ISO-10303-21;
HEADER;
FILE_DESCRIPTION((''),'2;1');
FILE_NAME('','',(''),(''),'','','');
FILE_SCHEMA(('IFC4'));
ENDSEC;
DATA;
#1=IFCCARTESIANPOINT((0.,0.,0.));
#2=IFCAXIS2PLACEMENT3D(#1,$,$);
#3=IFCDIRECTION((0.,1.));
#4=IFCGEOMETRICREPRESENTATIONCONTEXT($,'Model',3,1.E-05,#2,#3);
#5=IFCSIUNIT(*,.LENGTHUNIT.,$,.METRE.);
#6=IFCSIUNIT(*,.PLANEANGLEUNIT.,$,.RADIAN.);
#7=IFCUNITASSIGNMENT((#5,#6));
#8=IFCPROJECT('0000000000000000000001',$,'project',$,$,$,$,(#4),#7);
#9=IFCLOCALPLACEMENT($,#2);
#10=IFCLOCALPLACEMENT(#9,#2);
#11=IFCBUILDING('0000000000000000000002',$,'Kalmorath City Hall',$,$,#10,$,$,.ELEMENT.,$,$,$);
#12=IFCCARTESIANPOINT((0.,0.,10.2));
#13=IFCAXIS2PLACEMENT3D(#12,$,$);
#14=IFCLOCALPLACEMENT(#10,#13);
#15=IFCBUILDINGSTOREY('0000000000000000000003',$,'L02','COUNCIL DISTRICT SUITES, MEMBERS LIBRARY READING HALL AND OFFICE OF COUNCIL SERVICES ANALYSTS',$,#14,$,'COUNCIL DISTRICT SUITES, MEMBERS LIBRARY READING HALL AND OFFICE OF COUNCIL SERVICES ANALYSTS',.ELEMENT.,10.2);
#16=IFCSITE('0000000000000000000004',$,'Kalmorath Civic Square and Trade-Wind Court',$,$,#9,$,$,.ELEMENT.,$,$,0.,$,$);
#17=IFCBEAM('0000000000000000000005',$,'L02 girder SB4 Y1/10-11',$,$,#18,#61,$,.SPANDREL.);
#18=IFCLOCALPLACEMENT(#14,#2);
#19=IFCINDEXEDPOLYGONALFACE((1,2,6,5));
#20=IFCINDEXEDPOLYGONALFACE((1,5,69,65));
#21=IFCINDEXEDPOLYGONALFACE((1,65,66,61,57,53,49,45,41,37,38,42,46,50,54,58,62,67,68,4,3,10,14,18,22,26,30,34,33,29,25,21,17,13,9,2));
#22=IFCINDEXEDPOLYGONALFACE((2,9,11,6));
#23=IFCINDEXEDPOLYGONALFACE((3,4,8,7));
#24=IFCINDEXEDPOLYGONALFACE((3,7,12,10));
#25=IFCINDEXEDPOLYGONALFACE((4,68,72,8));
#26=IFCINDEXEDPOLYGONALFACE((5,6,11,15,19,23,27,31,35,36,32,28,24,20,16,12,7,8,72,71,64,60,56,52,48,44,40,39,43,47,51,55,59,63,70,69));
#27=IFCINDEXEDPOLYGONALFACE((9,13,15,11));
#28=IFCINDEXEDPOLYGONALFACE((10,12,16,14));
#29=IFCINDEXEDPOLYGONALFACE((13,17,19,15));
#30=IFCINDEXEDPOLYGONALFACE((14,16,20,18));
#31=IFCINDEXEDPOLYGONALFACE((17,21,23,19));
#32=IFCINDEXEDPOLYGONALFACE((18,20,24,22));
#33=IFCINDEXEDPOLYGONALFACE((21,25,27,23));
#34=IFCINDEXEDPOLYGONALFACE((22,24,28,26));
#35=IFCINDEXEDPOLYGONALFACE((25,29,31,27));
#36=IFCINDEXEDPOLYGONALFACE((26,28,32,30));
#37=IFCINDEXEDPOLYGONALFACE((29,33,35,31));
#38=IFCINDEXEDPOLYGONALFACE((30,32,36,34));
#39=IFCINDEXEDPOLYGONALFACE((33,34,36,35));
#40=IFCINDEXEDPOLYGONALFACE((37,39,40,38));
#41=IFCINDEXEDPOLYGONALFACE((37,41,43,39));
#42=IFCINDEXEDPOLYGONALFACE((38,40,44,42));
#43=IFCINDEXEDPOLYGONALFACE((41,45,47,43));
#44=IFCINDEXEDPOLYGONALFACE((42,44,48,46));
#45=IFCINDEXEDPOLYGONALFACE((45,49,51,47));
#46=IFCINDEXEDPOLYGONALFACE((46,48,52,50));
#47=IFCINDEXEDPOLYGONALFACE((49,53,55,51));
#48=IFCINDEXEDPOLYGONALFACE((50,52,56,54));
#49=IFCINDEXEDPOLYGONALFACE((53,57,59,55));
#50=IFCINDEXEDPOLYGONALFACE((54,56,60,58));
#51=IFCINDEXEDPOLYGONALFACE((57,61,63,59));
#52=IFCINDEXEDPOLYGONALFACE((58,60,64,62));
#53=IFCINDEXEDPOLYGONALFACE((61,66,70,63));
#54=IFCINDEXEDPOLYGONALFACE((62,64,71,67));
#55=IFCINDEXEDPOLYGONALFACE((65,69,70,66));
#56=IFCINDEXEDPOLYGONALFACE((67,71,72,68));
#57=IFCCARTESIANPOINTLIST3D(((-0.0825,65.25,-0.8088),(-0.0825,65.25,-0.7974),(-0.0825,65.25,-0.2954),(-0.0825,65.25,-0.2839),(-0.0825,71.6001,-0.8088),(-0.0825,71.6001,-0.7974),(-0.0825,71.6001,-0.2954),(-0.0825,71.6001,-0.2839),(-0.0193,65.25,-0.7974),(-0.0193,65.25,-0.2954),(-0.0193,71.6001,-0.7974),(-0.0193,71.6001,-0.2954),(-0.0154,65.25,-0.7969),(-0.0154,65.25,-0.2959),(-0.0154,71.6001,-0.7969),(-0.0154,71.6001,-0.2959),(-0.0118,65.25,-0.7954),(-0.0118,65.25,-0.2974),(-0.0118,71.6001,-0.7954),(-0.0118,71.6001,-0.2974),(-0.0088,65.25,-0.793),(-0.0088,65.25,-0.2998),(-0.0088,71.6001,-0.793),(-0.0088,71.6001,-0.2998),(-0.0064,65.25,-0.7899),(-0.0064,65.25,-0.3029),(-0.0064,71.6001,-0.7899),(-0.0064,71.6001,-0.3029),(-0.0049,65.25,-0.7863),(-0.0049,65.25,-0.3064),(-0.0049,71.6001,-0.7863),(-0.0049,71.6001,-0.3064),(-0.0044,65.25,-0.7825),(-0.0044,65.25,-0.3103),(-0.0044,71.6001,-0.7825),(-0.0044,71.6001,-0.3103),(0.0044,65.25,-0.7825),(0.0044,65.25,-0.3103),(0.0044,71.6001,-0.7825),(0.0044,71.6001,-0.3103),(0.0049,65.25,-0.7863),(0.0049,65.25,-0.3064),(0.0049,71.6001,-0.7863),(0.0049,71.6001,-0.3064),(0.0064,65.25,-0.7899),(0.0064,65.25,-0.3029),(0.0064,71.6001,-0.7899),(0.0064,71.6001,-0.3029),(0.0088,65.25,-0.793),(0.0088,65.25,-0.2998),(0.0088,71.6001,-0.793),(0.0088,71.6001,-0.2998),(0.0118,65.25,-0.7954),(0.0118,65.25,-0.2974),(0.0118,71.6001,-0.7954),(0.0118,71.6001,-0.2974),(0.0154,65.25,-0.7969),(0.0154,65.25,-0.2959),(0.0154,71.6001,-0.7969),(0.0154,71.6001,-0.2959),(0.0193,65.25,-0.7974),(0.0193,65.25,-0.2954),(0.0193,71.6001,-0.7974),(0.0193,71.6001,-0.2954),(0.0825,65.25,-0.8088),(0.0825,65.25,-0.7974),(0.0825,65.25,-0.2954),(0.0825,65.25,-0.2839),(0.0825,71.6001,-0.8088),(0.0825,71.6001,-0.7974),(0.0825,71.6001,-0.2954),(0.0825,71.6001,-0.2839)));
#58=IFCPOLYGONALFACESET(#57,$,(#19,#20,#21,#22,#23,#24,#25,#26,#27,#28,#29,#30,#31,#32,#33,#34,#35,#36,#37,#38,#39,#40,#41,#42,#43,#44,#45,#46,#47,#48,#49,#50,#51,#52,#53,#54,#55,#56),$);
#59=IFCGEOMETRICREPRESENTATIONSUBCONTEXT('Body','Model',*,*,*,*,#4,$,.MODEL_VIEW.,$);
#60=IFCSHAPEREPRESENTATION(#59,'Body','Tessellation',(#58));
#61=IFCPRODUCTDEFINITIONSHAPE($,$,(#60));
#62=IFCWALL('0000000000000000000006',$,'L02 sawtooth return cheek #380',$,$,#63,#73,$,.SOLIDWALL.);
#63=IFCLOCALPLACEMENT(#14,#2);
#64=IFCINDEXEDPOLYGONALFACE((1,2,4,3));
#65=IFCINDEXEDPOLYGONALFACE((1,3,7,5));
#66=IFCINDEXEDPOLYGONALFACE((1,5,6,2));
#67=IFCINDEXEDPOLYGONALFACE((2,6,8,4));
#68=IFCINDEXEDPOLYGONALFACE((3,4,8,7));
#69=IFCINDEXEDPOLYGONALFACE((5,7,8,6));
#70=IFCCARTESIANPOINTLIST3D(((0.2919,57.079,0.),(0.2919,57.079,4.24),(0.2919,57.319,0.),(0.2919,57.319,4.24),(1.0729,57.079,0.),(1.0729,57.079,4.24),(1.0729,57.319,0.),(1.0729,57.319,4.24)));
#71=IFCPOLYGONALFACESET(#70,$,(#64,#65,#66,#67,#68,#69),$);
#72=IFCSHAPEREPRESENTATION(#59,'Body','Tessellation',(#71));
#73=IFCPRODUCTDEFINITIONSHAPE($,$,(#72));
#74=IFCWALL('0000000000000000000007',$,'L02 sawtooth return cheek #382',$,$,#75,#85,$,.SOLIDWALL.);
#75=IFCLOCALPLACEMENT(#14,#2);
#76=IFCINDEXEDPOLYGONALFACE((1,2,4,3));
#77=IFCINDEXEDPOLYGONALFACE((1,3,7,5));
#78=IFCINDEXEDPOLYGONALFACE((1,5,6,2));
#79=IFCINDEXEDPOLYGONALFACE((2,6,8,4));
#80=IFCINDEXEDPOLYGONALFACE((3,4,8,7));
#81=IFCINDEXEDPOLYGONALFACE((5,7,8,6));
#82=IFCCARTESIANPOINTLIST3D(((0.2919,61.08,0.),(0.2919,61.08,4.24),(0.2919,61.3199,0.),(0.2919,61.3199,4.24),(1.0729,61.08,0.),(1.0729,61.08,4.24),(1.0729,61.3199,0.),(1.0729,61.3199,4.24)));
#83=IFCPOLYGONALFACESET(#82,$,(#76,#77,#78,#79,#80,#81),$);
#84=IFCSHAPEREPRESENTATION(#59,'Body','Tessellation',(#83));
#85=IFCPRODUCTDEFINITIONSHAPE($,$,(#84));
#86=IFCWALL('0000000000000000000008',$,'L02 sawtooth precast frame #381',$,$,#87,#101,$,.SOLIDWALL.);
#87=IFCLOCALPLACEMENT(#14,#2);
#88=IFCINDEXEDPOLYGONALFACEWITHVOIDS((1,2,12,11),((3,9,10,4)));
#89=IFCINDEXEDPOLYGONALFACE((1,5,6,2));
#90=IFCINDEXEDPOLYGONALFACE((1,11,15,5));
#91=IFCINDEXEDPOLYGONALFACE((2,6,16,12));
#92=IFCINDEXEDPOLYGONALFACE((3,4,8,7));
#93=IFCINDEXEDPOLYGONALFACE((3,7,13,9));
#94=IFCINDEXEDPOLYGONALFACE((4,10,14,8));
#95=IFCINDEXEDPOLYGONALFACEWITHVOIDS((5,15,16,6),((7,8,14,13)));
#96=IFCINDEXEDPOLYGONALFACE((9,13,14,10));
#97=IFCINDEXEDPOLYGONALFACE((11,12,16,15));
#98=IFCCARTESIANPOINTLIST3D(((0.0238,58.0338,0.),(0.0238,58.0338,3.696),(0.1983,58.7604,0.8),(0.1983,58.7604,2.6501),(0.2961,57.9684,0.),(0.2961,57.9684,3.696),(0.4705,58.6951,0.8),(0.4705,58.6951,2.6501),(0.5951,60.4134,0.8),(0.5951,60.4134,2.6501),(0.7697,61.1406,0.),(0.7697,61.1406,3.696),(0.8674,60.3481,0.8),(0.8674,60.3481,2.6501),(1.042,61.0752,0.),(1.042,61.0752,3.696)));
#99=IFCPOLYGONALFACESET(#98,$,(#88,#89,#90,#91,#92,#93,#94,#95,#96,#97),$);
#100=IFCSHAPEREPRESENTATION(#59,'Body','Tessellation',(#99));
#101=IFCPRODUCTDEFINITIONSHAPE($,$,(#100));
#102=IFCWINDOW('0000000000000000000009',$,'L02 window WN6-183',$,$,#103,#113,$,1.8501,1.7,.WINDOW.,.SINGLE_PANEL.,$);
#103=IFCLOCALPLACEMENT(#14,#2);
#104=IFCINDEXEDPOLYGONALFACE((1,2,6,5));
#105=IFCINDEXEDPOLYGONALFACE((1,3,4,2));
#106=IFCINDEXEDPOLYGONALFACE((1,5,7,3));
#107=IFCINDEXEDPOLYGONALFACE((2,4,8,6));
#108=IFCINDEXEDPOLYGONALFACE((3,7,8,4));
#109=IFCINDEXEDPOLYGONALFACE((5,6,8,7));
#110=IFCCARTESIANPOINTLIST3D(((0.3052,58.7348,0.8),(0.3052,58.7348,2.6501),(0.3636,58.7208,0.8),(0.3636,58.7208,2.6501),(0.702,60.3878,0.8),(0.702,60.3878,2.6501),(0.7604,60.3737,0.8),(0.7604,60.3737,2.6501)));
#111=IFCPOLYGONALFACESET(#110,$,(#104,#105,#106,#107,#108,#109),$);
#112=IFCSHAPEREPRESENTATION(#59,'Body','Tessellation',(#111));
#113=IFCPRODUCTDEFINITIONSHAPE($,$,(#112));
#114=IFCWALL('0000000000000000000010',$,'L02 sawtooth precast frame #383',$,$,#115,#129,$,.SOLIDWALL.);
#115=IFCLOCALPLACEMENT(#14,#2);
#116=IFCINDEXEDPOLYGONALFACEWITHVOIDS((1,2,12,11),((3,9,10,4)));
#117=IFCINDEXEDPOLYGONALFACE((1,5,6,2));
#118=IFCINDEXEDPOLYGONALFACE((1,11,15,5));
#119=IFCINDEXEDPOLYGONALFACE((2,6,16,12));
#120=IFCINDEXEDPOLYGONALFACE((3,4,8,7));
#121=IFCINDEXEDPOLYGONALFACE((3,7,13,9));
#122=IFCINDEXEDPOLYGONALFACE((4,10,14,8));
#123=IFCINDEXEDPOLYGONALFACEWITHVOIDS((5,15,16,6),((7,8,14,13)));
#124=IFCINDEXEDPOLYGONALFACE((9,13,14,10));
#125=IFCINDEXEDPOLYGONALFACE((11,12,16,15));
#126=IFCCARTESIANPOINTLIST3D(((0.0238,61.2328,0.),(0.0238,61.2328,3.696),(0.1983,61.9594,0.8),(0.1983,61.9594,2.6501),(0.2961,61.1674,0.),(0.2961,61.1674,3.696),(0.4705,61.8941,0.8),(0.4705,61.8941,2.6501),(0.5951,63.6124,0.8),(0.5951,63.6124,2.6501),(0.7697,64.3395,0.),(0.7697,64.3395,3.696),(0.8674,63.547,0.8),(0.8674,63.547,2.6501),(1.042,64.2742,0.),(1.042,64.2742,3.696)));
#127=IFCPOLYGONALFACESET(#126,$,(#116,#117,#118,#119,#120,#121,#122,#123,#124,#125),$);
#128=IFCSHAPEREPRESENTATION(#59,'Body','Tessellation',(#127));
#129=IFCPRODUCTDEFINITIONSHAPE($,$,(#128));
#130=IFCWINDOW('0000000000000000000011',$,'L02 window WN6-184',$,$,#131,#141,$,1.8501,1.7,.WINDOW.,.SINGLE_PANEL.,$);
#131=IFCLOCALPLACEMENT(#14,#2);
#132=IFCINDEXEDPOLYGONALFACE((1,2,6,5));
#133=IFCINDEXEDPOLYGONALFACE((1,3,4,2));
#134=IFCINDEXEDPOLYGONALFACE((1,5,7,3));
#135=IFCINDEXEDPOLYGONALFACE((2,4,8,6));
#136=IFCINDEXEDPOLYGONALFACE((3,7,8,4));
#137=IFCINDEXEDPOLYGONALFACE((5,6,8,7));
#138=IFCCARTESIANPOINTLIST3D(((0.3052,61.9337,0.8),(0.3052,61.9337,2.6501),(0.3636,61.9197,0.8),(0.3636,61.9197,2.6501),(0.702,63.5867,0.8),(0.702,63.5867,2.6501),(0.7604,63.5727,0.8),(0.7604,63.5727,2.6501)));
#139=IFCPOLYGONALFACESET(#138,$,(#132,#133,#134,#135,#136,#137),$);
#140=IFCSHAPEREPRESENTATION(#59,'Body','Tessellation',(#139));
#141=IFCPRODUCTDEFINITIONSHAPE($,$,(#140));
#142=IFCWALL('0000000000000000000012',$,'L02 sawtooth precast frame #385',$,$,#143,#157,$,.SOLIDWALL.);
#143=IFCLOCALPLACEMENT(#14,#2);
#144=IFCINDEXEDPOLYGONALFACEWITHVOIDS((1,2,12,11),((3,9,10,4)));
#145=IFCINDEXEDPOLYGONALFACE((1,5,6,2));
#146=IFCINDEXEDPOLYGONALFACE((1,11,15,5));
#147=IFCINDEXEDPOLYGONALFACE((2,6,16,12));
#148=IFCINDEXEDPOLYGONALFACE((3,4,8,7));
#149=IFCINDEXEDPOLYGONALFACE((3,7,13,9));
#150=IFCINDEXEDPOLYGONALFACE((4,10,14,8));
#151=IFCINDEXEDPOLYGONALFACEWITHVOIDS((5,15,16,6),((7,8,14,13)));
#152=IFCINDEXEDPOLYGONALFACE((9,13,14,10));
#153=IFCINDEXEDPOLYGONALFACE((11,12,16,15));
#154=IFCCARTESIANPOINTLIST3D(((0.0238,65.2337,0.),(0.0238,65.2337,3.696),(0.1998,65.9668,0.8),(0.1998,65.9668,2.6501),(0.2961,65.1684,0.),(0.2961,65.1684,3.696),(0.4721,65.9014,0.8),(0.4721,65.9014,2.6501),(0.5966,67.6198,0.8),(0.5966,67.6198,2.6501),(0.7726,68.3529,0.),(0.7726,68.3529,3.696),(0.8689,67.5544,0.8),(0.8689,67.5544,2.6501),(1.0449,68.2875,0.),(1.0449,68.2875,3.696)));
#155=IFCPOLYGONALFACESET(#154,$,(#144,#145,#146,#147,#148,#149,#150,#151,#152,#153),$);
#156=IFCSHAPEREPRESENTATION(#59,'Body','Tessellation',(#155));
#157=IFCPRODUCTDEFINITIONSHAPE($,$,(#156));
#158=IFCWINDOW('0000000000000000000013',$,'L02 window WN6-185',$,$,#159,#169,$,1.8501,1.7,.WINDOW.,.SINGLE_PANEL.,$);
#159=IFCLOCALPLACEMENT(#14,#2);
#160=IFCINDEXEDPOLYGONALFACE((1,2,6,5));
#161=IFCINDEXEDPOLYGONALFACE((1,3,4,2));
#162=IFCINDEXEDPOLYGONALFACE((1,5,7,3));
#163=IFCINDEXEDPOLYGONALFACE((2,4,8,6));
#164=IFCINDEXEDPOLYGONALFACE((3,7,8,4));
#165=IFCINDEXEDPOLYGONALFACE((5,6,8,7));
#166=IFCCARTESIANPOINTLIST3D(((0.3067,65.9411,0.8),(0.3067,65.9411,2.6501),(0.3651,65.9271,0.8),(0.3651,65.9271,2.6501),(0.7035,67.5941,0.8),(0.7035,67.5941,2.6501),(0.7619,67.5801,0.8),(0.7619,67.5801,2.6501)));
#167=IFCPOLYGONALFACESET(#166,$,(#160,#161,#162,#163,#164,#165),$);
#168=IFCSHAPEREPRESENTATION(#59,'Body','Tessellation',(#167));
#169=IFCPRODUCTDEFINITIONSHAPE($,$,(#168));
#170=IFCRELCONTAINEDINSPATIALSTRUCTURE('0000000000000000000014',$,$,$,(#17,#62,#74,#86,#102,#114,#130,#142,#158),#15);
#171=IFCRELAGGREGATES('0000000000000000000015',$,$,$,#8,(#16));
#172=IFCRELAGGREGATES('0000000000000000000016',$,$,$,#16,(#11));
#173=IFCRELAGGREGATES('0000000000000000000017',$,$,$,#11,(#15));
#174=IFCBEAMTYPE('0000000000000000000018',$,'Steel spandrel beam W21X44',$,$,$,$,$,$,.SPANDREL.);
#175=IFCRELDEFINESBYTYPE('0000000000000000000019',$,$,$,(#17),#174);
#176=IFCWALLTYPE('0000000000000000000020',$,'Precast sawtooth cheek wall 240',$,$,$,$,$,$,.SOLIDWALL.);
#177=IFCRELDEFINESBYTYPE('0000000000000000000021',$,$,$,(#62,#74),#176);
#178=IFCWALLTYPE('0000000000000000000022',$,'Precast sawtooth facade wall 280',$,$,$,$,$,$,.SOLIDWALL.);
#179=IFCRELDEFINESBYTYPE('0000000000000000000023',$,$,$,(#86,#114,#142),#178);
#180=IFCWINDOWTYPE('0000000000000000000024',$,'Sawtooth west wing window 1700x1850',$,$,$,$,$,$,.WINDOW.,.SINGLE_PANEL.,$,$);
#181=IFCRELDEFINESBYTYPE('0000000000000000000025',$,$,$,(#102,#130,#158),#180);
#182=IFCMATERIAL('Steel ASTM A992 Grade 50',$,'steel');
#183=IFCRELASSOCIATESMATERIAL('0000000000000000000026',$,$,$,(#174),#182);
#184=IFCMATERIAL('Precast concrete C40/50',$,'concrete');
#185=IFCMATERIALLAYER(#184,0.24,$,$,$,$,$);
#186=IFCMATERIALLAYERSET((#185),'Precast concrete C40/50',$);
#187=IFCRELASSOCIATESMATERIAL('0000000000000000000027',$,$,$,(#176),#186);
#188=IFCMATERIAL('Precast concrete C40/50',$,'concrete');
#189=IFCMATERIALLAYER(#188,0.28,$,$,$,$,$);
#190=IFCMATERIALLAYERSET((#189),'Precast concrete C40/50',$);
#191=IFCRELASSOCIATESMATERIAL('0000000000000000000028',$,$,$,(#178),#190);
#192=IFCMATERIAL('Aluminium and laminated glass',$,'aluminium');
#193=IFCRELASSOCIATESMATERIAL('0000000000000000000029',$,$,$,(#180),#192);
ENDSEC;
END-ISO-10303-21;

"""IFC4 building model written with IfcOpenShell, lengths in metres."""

from ifc_helpers import new_model, si_unit, direction, frame, frame_2d, origin, origin_2d, place, context, subcontext, project, spatial, rectangle, i_section, extrude, material, layer, layer_set, material_profile, profile_set, type_object, element, fill, save


model = new_model("IFC4")

# Units and contexts
model_context = context("Model", 3, precision=1e-05, world=origin(), true_north=direction((0.0, 1.0)))
body_context = subcontext(model_context, "Body", "Model", "MODEL_VIEW")
ifc_project = project(units=[si_unit("LENGTHUNIT", "METRE"), si_unit("PLANEANGLEUNIT", "RADIAN")], contexts=[model_context])

# Site, building, storey
site_placement = place(None, origin())
site = spatial("IfcSite", under=ifc_project, at=site_placement, Name="Kalmorath Civic Square and Trade-Wind Court", CompositionType="ELEMENT", RefElevation=0.0)
building_placement = place(site_placement, origin())
building = spatial("IfcBuilding", under=site, at=building_placement, Name="Kalmorath City Hall", CompositionType="ELEMENT")
storey_placement = place(building_placement, frame((0.0, 0.0, 10.2)))
storey = spatial("IfcBuildingStorey", under=building, at=storey_placement, Name="L02", Description="COUNCIL DISTRICT SUITES, MEMBERS LIBRARY READING HALL AND OFFICE OF COUNCIL SERVICES ANALYSTS", LongName="COUNCIL DISTRICT SUITES, MEMBERS LIBRARY READING HALL AND OFFICE OF COUNCIL SERVICES ANALYSTS", CompositionType="ELEMENT", Elevation=10.2)

# Beam
ifc_material_1 = material(Name="Steel ASTM A992 Grade 50", Category="steel")
ifc_material_profile_1 = material_profile(ifc_material_1, i_section(OverallWidth=0.165, OverallDepth=0.5249, WebThickness=0.0088, FlangeThickness=0.0115, FilletRadius=0.0149, at=origin_2d()), Name="W21X44")
ifc_profile_set_1 = profile_set([ifc_material_profile_1], Name="Steel ASTM A992 Grade 50")
beam_type_1 = type_object("IfcBeamType", Name="Steel spandrel beam W21X44", PredefinedType="SPANDREL", material=ifc_profile_set_1)
beam_1_placement = place(storey_placement, frame((0.0, 65.25, -0.5464), z_axis=(0.0, 1.0, 0.0), x_axis=(-1.0, 0.0, 0.0)))
element("IfcBeam", 1, at=beam_1_placement, inside=storey, type_object=beam_type_1, Name="L02 girder SB4 Y1/10-11", PredefinedType="SPANDREL", context=body_context, shape_type="SweptSolid", body=[
    extrude(i_section(OverallWidth=0.165, OverallDepth=0.5249, WebThickness=0.0088, FlangeThickness=0.0115, FilletRadius=0.0149, at=origin_2d()), origin(), (0.0, 0.0, 1.0), 6.3501),
])

# Walls
ifc_material_2 = material(Name="Precast concrete C40/50", Category="concrete")
ifc_layer_1 = layer(ifc_material_2, 0.24)
ifc_layer_set_1 = layer_set([ifc_layer_1], Name="Precast concrete C40/50")
wall_type_1 = type_object("IfcWallType", Name="Precast sawtooth cheek wall 240", PredefinedType="SOLIDWALL", material=ifc_layer_set_1)
for number, where, z_axis, x_axis, name in (
    (2, (1.073, 57.199, 0.0), (0.0, 0.0, 1.0), (-1.0, 0.0, 0.0), "L02 sawtooth return cheek #380"),
    (3, (1.073, 61.2, 0.0), (0.0, 0.0, 1.0), (-1.0, 0.0, 0.0), "L02 sawtooth return cheek #382"),
):
    element("IfcWall", number, at=place(storey_placement, frame(where, z_axis=z_axis, x_axis=x_axis)), inside=storey, type_object=wall_type_1, Name=name, PredefinedType="SOLIDWALL", context=body_context, shape_type="SweptSolid", body=[
        extrude(rectangle(XDim=0.781, YDim=0.24, at=frame_2d((0.3906, 0.0))), origin(), (0.0, 0.0, 1.0), 4.24),
    ])

# Walls, openings, windows
ifc_material_3 = material(Name="Precast concrete C40/50", Category="concrete")
ifc_layer_2 = layer(ifc_material_3, 0.28)
ifc_layer_set_2 = layer_set([ifc_layer_2], Name="Precast concrete C40/50")
wall_type_2 = type_object("IfcWallType", Name="Precast sawtooth facade wall 280", PredefinedType="SOLIDWALL", material=ifc_layer_set_2)
wall_1_placement = place(storey_placement, frame((0.1599, 58.001, 0.0), z_axis=(0.0, 0.0, 1.0), x_axis=(0.233445, 0.97237, 0.0)))
wall_1 = element("IfcWall", 4, at=wall_1_placement, inside=storey, type_object=wall_type_2, Name="L02 sawtooth precast frame #381", PredefinedType="SOLIDWALL", context=body_context, shape_type="SweptSolid", body=[
    extrude(rectangle(XDim=3.1951, YDim=0.28, at=frame_2d((1.5977, 0.0))), origin(), (0.0, 0.0, 1.0), 3.696),
])
opening_1_placement = place(wall_1_placement, frame((0.7473, 0.0, 0.8)))
opening_1 = element("IfcOpeningElement", 5, at=opening_1_placement, cuts=wall_1, PredefinedType="OPENING", context=body_context, shape_type="SweptSolid", body=[
    extrude(rectangle(XDim=1.7, YDim=1.8501, at=frame_2d((0.8501, 0.925))), frame((0.0, 0.1499, 0.0), z_axis=(0.0, -1.0, 0.0), x_axis=(1.0, 0.0, 0.0)), (0.0, 0.0, 1.0), 0.3),
])
ifc_material_4 = material(Name="Aluminium and laminated glass", Category="aluminium")
window_type = type_object("IfcWindowType", Name="Sawtooth west wing window 1700x1850", PartitioningType="SINGLE_PANEL", PredefinedType="WINDOW", material=ifc_material_4)
window_1_placement = place(opening_1_placement, origin())
window_1 = element("IfcWindow", 6, at=window_1_placement, inside=storey, type_object=window_type, Name="L02 window WN6-183", OverallHeight=1.8501, OverallWidth=1.7, PartitioningType="SINGLE_PANEL", PredefinedType="WINDOW", context=body_context, shape_type="SweptSolid", body=[
    extrude(rectangle(XDim=1.7, YDim=1.8501, at=frame_2d((0.8501, 0.925))), frame((0.0, 0.03, 0.0), z_axis=(0.0, -1.0, 0.0), x_axis=(1.0, 0.0, 0.0)), (0.0, 0.0, 1.0), 0.0601),
])
fill(opening_1, window_1)
wall_2_placement = place(storey_placement, frame((0.1599, 61.2, 0.0), z_axis=(0.0, 0.0, 1.0), x_axis=(0.233445, 0.97237, 0.0)))
wall_2 = element("IfcWall", 7, at=wall_2_placement, inside=storey, type_object=wall_type_2, Name="L02 sawtooth precast frame #383", PredefinedType="SOLIDWALL", context=body_context, shape_type="SweptSolid", body=[
    extrude(rectangle(XDim=3.1951, YDim=0.28, at=frame_2d((1.5977, 0.0))), origin(), (0.0, 0.0, 1.0), 3.696),
])
opening_2_placement = place(wall_2_placement, frame((0.7473, 0.0, 0.8)))
opening_2 = element("IfcOpeningElement", 8, at=opening_2_placement, cuts=wall_2, PredefinedType="OPENING", context=body_context, shape_type="SweptSolid", body=[
    extrude(rectangle(XDim=1.7, YDim=1.8501, at=frame_2d((0.8501, 0.925))), frame((0.0, 0.1499, 0.0), z_axis=(0.0, -1.0, 0.0), x_axis=(1.0, 0.0, 0.0)), (0.0, 0.0, 1.0), 0.3),
])
window_2_placement = place(opening_2_placement, origin())
window_2 = element("IfcWindow", 9, at=window_2_placement, inside=storey, type_object=window_type, Name="L02 window WN6-184", OverallHeight=1.8501, OverallWidth=1.7, PartitioningType="SINGLE_PANEL", PredefinedType="WINDOW", context=body_context, shape_type="SweptSolid", body=[
    extrude(rectangle(XDim=1.7, YDim=1.8501, at=frame_2d((0.8501, 0.925))), frame((0.0, 0.03, 0.0), z_axis=(0.0, -1.0, 0.0), x_axis=(1.0, 0.0, 0.0)), (0.0, 0.0, 1.0), 0.0601),
])
fill(opening_2, window_2)
wall_3_placement = place(storey_placement, frame((0.1599, 65.2009, 0.0), z_axis=(0.0, 0.0, 1.0), x_axis=(0.233428, 0.972374, 0.0)))
wall_3 = element("IfcWall", 10, at=wall_3_placement, inside=storey, type_object=wall_type_2, Name="L02 sawtooth precast frame #385", PredefinedType="SOLIDWALL", context=body_context, shape_type="SweptSolid", body=[
    extrude(rectangle(XDim=3.2078, YDim=0.28, at=frame_2d((1.604, 0.0))), origin(), (0.0, 0.0, 1.0), 3.696),
])
opening_3_placement = place(wall_3_placement, frame((0.7539, 0.0, 0.8)))
opening_3 = element("IfcOpeningElement", 11, at=opening_3_placement, cuts=wall_3, PredefinedType="OPENING", context=body_context, shape_type="SweptSolid", body=[
    extrude(rectangle(XDim=1.7, YDim=1.8501, at=frame_2d((0.8501, 0.925))), frame((0.0, 0.1499, 0.0), z_axis=(0.0, -1.0, 0.0), x_axis=(1.0, 0.0, 0.0)), (0.0, 0.0, 1.0), 0.3),
])
window_3_placement = place(opening_3_placement, origin())
window_3 = element("IfcWindow", 12, at=window_3_placement, inside=storey, type_object=window_type, Name="L02 window WN6-185", OverallHeight=1.8501, OverallWidth=1.7, PartitioningType="SINGLE_PANEL", PredefinedType="WINDOW", context=body_context, shape_type="SweptSolid", body=[
    extrude(rectangle(XDim=1.7, YDim=1.8501, at=frame_2d((0.8501, 0.925))), frame((0.0, 0.03, 0.0), z_axis=(0.0, -1.0, 0.0), x_axis=(1.0, 0.0, 0.0)), (0.0, 0.0, 1.0), 0.0601),
])
fill(opening_3, window_3)

save(model, "model.ifc")
